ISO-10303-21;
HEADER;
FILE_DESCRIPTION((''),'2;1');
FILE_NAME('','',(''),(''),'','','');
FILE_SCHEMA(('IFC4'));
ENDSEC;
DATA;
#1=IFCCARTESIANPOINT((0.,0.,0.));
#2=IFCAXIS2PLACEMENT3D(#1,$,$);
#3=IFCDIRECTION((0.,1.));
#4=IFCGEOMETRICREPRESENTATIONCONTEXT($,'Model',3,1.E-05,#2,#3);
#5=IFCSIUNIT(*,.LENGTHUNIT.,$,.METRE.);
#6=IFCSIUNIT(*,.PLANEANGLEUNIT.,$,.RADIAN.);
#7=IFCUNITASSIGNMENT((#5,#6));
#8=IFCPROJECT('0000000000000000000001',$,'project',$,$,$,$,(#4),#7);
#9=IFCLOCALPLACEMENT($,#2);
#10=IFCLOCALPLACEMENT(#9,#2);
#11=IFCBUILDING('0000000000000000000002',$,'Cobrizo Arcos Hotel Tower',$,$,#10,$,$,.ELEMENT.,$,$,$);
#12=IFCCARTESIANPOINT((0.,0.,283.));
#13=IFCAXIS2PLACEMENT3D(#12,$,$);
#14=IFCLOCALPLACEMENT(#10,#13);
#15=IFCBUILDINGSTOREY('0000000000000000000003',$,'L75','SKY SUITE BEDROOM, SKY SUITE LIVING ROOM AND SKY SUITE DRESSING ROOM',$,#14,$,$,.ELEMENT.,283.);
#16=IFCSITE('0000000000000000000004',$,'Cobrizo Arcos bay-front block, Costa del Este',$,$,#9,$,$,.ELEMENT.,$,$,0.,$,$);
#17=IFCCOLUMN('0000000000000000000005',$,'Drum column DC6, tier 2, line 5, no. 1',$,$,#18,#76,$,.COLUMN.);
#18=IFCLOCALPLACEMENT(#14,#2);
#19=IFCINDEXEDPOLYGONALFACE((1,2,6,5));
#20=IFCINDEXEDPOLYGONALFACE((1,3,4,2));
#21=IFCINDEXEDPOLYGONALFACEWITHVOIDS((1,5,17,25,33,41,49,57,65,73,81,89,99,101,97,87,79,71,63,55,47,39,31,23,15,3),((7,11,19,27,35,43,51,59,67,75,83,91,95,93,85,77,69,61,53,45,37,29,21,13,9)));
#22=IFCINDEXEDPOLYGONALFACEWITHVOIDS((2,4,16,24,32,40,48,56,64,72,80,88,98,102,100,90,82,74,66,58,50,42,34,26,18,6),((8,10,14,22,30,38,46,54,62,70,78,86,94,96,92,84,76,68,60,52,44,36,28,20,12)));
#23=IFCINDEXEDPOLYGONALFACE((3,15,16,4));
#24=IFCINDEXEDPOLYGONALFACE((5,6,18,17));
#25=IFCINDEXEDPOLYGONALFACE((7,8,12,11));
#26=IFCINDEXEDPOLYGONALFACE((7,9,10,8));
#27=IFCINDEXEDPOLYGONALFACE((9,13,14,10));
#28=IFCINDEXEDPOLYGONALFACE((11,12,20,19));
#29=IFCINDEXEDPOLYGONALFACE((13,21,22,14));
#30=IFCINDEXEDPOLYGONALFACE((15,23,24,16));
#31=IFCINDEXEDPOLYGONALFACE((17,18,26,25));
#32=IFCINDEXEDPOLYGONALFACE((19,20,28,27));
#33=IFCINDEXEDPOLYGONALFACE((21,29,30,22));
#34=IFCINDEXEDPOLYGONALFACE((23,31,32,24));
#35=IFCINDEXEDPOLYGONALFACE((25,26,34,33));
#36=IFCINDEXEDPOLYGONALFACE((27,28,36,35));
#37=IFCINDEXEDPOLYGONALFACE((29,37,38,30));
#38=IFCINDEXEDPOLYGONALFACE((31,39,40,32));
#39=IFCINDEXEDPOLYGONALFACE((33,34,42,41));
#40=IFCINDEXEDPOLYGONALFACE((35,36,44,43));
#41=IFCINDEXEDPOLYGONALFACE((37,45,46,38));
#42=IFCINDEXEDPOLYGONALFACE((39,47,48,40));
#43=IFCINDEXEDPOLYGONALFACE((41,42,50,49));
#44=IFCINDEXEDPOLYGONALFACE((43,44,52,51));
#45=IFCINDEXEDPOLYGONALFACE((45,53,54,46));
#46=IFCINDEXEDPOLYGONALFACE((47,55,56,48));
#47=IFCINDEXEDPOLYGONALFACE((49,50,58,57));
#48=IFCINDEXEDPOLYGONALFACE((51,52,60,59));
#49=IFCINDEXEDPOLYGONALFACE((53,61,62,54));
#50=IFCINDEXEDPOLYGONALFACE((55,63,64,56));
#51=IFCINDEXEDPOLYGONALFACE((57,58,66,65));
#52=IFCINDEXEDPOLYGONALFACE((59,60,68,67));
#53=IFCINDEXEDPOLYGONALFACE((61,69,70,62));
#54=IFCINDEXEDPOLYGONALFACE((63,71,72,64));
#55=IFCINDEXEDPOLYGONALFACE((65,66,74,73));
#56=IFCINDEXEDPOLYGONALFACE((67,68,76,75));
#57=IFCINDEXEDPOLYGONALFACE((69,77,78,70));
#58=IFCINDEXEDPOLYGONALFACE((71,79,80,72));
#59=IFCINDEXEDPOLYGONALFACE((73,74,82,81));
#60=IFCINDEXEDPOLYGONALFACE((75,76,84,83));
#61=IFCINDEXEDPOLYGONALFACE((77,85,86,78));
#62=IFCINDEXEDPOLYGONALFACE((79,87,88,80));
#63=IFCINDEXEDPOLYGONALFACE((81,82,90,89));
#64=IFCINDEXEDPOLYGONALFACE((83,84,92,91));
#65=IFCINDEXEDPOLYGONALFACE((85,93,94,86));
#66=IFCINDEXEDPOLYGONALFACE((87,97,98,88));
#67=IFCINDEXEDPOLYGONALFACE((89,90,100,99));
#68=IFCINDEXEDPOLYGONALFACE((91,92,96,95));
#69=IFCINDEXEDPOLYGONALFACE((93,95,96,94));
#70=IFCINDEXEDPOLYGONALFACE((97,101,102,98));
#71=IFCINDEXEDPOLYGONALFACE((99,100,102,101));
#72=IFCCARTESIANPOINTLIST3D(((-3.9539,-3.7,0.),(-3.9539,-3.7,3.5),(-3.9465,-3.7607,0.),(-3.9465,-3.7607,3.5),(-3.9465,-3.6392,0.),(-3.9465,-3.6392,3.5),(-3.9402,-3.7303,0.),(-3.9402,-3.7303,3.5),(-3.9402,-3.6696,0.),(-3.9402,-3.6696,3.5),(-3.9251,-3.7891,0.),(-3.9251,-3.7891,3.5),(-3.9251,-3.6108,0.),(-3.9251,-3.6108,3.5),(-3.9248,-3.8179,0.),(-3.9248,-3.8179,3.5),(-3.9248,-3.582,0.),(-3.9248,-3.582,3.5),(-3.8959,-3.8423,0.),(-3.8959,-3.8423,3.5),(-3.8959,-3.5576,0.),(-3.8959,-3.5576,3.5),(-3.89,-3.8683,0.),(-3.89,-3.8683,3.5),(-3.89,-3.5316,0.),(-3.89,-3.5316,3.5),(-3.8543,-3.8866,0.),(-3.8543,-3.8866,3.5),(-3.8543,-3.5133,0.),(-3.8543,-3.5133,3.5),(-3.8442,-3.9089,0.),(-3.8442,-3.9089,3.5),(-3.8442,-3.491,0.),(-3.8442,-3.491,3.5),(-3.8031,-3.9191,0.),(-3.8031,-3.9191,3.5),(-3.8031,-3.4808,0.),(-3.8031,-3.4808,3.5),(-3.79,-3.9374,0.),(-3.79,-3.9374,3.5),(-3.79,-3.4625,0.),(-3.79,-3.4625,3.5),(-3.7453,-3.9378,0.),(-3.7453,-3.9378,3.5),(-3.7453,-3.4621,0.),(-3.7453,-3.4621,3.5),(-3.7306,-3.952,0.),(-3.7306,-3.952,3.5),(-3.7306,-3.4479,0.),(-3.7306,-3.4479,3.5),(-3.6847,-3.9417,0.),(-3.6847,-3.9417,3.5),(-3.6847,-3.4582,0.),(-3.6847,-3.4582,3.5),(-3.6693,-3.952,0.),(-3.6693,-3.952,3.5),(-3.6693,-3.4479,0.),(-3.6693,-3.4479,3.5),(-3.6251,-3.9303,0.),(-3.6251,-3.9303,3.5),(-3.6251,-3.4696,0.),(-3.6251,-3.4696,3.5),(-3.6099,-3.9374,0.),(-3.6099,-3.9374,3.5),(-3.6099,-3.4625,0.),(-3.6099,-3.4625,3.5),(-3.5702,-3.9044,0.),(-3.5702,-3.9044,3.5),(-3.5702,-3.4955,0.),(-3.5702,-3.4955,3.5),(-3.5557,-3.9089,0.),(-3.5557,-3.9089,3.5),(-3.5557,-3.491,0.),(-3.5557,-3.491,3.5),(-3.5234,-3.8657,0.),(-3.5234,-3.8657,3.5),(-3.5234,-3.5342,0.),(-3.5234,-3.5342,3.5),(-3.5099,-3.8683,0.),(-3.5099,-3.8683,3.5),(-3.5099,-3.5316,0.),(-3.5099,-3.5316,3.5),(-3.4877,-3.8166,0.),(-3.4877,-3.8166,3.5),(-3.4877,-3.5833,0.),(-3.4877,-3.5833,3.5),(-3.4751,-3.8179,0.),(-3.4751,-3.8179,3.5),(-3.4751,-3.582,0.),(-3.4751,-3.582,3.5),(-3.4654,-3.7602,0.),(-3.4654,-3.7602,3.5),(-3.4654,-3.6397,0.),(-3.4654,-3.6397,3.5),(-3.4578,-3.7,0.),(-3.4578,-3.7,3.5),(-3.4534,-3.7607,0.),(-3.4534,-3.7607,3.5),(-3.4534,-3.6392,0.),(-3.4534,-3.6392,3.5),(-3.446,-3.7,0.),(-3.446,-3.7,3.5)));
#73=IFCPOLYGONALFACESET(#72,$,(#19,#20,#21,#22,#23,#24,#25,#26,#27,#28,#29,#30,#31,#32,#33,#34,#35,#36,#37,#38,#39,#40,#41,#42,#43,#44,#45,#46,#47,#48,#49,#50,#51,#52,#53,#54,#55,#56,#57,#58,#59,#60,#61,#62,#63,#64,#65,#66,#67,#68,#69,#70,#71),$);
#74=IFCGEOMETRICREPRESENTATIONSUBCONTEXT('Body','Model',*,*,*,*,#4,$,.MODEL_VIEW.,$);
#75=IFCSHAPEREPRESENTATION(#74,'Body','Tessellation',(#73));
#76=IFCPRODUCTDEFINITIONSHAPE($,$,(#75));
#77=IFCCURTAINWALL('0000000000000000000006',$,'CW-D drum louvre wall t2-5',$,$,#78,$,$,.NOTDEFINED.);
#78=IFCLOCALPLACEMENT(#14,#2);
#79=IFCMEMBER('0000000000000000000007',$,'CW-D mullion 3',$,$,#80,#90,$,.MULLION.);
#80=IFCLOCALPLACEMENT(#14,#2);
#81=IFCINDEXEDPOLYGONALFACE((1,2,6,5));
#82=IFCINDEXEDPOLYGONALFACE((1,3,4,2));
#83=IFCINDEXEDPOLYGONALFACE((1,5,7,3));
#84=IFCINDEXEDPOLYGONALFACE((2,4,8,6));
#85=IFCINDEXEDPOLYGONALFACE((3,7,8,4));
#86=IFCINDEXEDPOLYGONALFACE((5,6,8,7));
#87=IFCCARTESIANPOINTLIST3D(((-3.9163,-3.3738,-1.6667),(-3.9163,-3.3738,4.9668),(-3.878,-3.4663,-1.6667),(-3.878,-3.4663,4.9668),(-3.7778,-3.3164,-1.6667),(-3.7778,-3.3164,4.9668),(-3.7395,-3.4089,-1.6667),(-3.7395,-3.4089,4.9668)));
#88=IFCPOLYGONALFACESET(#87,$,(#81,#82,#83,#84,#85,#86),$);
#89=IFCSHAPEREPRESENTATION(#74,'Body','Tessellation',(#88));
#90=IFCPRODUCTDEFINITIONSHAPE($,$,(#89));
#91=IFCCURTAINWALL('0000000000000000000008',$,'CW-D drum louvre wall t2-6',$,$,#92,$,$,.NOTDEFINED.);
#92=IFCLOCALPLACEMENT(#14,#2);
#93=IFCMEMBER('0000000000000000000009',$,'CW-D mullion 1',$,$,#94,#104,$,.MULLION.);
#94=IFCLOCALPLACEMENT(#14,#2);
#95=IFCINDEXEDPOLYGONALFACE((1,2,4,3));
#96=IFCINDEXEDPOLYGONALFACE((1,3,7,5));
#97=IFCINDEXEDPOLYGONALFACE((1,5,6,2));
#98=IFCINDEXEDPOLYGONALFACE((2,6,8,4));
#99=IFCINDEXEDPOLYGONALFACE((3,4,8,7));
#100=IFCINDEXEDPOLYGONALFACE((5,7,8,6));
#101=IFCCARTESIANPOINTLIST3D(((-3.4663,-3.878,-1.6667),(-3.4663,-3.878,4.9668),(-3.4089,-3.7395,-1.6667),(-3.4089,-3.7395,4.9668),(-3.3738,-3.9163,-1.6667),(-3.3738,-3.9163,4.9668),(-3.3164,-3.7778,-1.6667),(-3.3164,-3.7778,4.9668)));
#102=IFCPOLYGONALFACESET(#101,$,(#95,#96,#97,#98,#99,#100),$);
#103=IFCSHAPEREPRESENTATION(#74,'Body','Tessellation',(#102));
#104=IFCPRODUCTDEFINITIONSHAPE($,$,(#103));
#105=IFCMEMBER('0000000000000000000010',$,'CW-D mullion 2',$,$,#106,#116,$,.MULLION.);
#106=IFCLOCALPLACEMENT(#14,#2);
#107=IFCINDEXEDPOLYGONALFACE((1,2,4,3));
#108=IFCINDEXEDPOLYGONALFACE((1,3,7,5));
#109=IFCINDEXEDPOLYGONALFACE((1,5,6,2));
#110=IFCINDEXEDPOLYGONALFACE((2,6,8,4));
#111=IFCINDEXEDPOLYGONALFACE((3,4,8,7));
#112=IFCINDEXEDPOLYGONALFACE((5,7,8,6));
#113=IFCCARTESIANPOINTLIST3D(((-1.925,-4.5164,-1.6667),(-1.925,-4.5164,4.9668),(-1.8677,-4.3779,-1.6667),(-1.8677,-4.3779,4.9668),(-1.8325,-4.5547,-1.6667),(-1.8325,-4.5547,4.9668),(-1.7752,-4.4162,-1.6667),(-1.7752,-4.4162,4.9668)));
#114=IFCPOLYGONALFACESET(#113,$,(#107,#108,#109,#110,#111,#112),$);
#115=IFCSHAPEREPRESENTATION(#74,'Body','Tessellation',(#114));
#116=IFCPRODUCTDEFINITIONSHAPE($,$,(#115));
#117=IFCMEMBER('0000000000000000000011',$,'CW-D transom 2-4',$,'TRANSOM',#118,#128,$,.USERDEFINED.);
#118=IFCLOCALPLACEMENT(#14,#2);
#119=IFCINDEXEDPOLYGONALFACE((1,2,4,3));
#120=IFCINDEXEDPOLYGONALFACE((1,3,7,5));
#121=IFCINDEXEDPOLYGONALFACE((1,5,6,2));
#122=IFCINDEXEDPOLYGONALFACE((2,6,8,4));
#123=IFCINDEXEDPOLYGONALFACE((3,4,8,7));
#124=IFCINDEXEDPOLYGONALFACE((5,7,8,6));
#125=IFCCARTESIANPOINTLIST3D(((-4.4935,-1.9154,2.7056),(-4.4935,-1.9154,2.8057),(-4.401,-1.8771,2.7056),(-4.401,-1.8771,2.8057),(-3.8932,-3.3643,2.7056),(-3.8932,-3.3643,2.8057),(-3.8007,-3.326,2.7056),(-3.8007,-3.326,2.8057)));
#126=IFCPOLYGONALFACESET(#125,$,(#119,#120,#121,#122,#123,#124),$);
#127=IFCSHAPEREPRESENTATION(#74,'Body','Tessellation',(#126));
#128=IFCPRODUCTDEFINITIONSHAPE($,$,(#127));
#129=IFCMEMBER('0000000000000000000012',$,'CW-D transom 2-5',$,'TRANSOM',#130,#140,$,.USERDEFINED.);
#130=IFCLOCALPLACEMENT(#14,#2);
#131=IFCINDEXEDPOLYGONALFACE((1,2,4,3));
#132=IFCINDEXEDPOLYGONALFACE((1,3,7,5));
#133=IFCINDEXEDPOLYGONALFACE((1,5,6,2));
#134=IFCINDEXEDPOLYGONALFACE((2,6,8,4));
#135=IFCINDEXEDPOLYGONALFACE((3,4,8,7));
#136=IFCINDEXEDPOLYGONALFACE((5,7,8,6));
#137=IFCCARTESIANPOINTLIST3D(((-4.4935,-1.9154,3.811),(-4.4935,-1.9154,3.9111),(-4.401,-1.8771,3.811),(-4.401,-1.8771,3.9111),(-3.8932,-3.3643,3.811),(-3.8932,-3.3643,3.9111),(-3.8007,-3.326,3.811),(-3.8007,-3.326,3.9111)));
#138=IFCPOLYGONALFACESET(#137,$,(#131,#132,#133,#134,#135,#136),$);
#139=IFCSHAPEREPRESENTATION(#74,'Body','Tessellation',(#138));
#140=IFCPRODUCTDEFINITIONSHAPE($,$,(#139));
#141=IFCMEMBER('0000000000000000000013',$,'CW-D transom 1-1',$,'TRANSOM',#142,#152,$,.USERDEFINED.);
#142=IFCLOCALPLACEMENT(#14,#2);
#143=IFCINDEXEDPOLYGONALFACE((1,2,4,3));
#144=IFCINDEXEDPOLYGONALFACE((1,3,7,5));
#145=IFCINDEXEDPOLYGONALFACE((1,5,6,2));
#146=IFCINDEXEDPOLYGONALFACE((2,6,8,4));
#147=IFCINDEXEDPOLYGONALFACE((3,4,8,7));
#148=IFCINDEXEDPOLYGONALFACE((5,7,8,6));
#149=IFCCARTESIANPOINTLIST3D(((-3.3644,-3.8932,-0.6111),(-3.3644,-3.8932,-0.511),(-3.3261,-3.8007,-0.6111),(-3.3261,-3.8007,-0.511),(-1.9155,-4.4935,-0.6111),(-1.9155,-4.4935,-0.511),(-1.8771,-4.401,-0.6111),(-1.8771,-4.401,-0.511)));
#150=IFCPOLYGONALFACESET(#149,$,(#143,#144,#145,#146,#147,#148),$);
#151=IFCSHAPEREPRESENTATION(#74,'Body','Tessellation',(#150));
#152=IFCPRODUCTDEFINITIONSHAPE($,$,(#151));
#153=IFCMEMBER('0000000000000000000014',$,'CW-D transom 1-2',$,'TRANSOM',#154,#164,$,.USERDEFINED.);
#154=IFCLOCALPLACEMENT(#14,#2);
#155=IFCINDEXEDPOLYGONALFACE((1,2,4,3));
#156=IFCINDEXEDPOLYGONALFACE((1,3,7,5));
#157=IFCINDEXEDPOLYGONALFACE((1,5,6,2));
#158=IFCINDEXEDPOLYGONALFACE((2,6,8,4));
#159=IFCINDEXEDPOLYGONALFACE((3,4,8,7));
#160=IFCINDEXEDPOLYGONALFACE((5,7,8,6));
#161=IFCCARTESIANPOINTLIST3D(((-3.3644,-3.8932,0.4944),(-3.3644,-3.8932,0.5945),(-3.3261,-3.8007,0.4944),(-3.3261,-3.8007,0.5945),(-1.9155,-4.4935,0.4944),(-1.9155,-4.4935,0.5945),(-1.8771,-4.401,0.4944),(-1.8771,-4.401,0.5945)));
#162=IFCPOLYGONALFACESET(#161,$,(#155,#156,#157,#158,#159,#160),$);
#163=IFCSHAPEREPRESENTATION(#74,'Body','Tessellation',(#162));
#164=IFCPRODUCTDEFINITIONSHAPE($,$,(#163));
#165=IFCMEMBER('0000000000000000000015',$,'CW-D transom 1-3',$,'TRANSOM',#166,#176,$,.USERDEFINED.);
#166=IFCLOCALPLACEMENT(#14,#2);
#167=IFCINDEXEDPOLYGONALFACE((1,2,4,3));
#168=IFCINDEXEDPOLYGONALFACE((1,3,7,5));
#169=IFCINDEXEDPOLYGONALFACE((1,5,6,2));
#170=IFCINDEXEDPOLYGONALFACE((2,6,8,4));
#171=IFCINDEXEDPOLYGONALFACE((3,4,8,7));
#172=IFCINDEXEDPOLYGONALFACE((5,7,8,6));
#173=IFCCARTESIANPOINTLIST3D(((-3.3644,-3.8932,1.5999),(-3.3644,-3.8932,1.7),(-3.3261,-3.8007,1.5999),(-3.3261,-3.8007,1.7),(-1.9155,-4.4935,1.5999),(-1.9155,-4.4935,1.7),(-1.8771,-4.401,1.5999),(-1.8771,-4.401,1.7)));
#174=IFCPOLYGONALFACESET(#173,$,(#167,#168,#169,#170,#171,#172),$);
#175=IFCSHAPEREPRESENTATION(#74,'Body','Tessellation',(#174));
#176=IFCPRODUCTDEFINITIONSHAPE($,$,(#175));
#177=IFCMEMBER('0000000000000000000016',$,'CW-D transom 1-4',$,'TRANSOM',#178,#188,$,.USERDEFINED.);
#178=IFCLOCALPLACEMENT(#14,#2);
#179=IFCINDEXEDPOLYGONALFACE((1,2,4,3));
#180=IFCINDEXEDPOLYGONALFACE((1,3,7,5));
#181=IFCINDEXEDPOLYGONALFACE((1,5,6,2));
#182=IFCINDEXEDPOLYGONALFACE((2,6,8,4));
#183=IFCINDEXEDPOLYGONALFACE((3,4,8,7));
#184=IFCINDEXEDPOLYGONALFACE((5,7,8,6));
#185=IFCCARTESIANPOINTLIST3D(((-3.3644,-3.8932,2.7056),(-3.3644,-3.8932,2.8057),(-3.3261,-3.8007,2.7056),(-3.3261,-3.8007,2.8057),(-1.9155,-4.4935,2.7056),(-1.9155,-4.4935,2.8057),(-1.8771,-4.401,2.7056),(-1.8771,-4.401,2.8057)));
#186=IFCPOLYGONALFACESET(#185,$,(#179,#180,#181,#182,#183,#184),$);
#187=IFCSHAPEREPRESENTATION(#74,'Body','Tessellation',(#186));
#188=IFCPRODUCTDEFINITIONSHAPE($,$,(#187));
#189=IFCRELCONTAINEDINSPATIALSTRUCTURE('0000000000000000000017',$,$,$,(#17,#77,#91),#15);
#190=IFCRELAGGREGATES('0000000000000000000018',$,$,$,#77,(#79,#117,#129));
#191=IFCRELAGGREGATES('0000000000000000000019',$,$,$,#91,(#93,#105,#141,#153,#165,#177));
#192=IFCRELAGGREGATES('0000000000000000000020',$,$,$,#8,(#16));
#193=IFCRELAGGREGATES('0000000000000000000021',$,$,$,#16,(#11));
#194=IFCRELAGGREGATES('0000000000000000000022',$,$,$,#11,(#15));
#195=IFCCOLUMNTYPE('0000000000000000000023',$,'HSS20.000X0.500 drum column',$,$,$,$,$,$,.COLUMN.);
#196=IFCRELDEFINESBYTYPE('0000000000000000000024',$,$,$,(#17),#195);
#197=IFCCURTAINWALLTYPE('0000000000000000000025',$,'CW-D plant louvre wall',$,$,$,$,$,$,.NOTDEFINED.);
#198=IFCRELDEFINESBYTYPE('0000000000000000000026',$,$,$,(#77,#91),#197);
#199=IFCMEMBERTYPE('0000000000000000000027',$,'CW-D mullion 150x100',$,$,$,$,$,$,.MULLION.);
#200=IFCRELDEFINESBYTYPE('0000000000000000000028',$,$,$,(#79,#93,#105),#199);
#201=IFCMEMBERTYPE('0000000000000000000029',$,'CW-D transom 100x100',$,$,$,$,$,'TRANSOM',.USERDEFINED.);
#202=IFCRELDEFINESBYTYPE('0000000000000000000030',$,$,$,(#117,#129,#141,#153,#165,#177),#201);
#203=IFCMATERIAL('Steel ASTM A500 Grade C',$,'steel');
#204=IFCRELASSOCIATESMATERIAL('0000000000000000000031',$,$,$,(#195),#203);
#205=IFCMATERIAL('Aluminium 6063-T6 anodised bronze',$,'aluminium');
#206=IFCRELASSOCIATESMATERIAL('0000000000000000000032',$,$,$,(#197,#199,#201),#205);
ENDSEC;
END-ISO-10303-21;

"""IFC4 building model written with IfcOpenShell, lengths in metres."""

from ifc_helpers import new_model, si_unit, direction, frame, origin, origin_2d, place, context, subcontext, project, spatial, rectangle, hollow_circle, extrude, material, material_profile, profile_set, type_object, element, aggregate, save


model = new_model("IFC4")

# Units and contexts
model_context = context("Model", 3, precision=1e-05, world=origin(), true_north=direction((0.0, 1.0)))
body_context = subcontext(model_context, "Body", "Model", "MODEL_VIEW")
ifc_project = project(units=[si_unit("LENGTHUNIT", "METRE"), si_unit("PLANEANGLEUNIT", "RADIAN")], contexts=[model_context])

# Site, building, storey
site_placement = place(None, origin())
site = spatial("IfcSite", under=ifc_project, at=site_placement, Name="Cobrizo Arcos bay-front block, Costa del Este", CompositionType="ELEMENT", RefElevation=0.0)
building_placement = place(site_placement, origin())
building = spatial("IfcBuilding", under=site, at=building_placement, Name="Cobrizo Arcos Hotel Tower", CompositionType="ELEMENT")
storey_placement = place(building_placement, frame((0.0, 0.0, 283.0)))
storey = spatial("IfcBuildingStorey", under=building, at=storey_placement, Name="L75", Description="SKY SUITE BEDROOM, SKY SUITE LIVING ROOM AND SKY SUITE DRESSING ROOM", CompositionType="ELEMENT", Elevation=283.0)

# Column
ifc_material_1 = material(Name="Steel ASTM A500 Grade C", Category="steel")
ifc_material_profile_1 = material_profile(ifc_material_1, hollow_circle(Radius=0.2539, WallThickness=0.0117, at=origin_2d()), Name="HSS20.000X0.500")
ifc_profile_set_1 = profile_set([ifc_material_profile_1], Name="Steel ASTM A500 Grade C")
column_type = type_object("IfcColumnType", Name="HSS20.000X0.500 drum column", PredefinedType="COLUMN", material=ifc_profile_set_1)
column_placement = place(storey_placement, frame((-3.7, -3.7, 0.0), z_axis=(0.0, 0.0, 1.0), x_axis=(1.0, 0.0, 0.0)))
element("IfcColumn", 1, at=column_placement, inside=storey, type_object=column_type, Name="Drum column DC6, tier 2, line 5, no. 1", PredefinedType="COLUMN", context=body_context, shape_type="SweptSolid", body=[
    extrude(hollow_circle(Radius=0.2539, WallThickness=0.0117, at=origin_2d()), origin(), (0.0, 0.0, 1.0), 3.5),
])

# Curtain wall, member
ifc_material_2 = material(Name="Aluminium 6063-T6 anodised bronze", Category="aluminium")
curtain_wall_type = type_object("IfcCurtainWallType", Name="CW-D plant louvre wall", PredefinedType="NOTDEFINED", material=ifc_material_2)
curtain_wall_1_placement = place(storey_placement, origin())
curtain_wall_1 = element("IfcCurtainWall", 2, at=curtain_wall_1_placement, inside=storey, type_object=curtain_wall_type, Name="CW-D drum louvre wall t2-5", PredefinedType="NOTDEFINED")
ifc_material_profile_2 = material_profile(ifc_material_2, rectangle(XDim=0.1499, YDim=0.1001, at=origin_2d()), Name="CW-D mullion 150x100")
ifc_profile_set_2 = profile_set([ifc_material_profile_2], Name="Aluminium 6063-T6 anodised bronze")
member_type_1 = type_object("IfcMemberType", Name="CW-D mullion 150x100", PredefinedType="MULLION", material=ifc_profile_set_2)
member_1_placement = place(storey_placement, frame((-3.8279, -3.3914, -1.6667), z_axis=(0.0, 0.0, 1.0), x_axis=(-0.92388, -0.382683, 0.0)))
member_1 = element("IfcMember", 3, at=member_1_placement, type_object=member_type_1, Name="CW-D mullion 3", PredefinedType="MULLION", context=body_context, shape_type="SweptSolid", body=[
    extrude(rectangle(XDim=0.1499, YDim=0.1001, at=origin_2d()), origin(), (0.0, 0.0, 1.0), 6.6335),
])

# Curtain wall, members
curtain_wall_2_placement = place(storey_placement, origin())
curtain_wall_2 = element("IfcCurtainWall", 4, at=curtain_wall_2_placement, inside=storey, type_object=curtain_wall_type, Name="CW-D drum louvre wall t2-6", PredefinedType="NOTDEFINED")
member_2_placement = place(storey_placement, frame((-3.3914, -3.8279, -1.6667), z_axis=(0.0, 0.0, 1.0), x_axis=(-0.382683, -0.92388, 0.0)))
member_2 = element("IfcMember", 5, at=member_2_placement, type_object=member_type_1, Name="CW-D mullion 1", PredefinedType="MULLION", context=body_context, shape_type="SweptSolid", body=[
    extrude(rectangle(XDim=0.1499, YDim=0.1001, at=origin_2d()), origin(), (0.0, 0.0, 1.0), 6.6335),
])
member_3_placement = place(storey_placement, frame((-1.8501, -4.4663, -1.6667), z_axis=(0.0, 0.0, 1.0), x_axis=(-0.382683, -0.92388, 0.0)))
member_3 = element("IfcMember", 6, at=member_3_placement, type_object=member_type_1, Name="CW-D mullion 2", PredefinedType="MULLION", context=body_context, shape_type="SweptSolid", body=[
    extrude(rectangle(XDim=0.1499, YDim=0.1001, at=origin_2d()), origin(), (0.0, 0.0, 1.0), 6.6335),
])

# Members
ifc_material_profile_3 = material_profile(ifc_material_2, rectangle(XDim=0.1001, YDim=0.1001, at=origin_2d()), Name="CW-D transom 100x100")
ifc_profile_set_3 = profile_set([ifc_material_profile_3], Name="Aluminium 6063-T6 anodised bronze")
member_type_2 = type_object("IfcMemberType", Name="CW-D transom 100x100", ElementType="TRANSOM", PredefinedType="USERDEFINED", material=ifc_profile_set_3)
member_4_placement = place(storey_placement, frame((-4.4473, -1.8962, 2.7556), z_axis=(0.382769, -0.923844, 0.0), x_axis=(0.923844, 0.382769, 0.0)))
member_4 = element("IfcMember", 7, at=member_4_placement, type_object=member_type_2, Name="CW-D transom 2-4", ObjectType="TRANSOM", PredefinedType="USERDEFINED", context=body_context, shape_type="SweptSolid", body=[
    extrude(rectangle(XDim=0.1001, YDim=0.1001, at=origin_2d()), origin(), (0.0, 0.0, 1.0), 1.5684),
])
member_5_placement = place(storey_placement, frame((-4.4473, -1.8962, 3.8611), z_axis=(0.382769, -0.923844, 0.0), x_axis=(0.923844, 0.382769, 0.0)))
member_5 = element("IfcMember", 8, at=member_5_placement, type_object=member_type_2, Name="CW-D transom 2-5", ObjectType="TRANSOM", PredefinedType="USERDEFINED", context=body_context, shape_type="SweptSolid", body=[
    extrude(rectangle(XDim=0.1001, YDim=0.1001, at=origin_2d()), origin(), (0.0, 0.0, 1.0), 1.5684),
])
member_6_placement = place(storey_placement, frame((-3.3452, -3.8469, -0.561), z_axis=(0.923844, -0.382769, 0.0), x_axis=(0.382769, 0.923844, 0.0)))
member_6 = element("IfcMember", 9, at=member_6_placement, type_object=member_type_2, Name="CW-D transom 1-1", ObjectType="TRANSOM", PredefinedType="USERDEFINED", context=body_context, shape_type="SweptSolid", body=[
    extrude(rectangle(XDim=0.1001, YDim=0.1001, at=origin_2d()), origin(), (0.0, 0.0, 1.0), 1.5684),
])
member_7_placement = place(storey_placement, frame((-3.3452, -3.8469, 0.5444), z_axis=(0.923844, -0.382769, 0.0), x_axis=(0.382769, 0.923844, 0.0)))
member_7 = element("IfcMember", 10, at=member_7_placement, type_object=member_type_2, Name="CW-D transom 1-2", ObjectType="TRANSOM", PredefinedType="USERDEFINED", context=body_context, shape_type="SweptSolid", body=[
    extrude(rectangle(XDim=0.1001, YDim=0.1001, at=origin_2d()), origin(), (0.0, 0.0, 1.0), 1.5684),
])
member_8_placement = place(storey_placement, frame((-3.3452, -3.8469, 1.6499), z_axis=(0.923844, -0.382769, 0.0), x_axis=(0.382769, 0.923844, 0.0)))
member_8 = element("IfcMember", 11, at=member_8_placement, type_object=member_type_2, Name="CW-D transom 1-3", ObjectType="TRANSOM", PredefinedType="USERDEFINED", context=body_context, shape_type="SweptSolid", body=[
    extrude(rectangle(XDim=0.1001, YDim=0.1001, at=origin_2d()), origin(), (0.0, 0.0, 1.0), 1.5684),
])
member_9_placement = place(storey_placement, frame((-3.3452, -3.8469, 2.7556), z_axis=(0.923844, -0.382769, 0.0), x_axis=(0.382769, 0.923844, 0.0)))
member_9 = element("IfcMember", 12, at=member_9_placement, type_object=member_type_2, Name="CW-D transom 1-4", ObjectType="TRANSOM", PredefinedType="USERDEFINED", context=body_context, shape_type="SweptSolid", body=[
    extrude(rectangle(XDim=0.1001, YDim=0.1001, at=origin_2d()), origin(), (0.0, 0.0, 1.0), 1.5684),
])

aggregate(curtain_wall_1, [member_1, member_4, member_5])
aggregate(curtain_wall_2, [member_2, member_3, member_6, member_7, member_8, member_9])

save(model, "model.ifc")
